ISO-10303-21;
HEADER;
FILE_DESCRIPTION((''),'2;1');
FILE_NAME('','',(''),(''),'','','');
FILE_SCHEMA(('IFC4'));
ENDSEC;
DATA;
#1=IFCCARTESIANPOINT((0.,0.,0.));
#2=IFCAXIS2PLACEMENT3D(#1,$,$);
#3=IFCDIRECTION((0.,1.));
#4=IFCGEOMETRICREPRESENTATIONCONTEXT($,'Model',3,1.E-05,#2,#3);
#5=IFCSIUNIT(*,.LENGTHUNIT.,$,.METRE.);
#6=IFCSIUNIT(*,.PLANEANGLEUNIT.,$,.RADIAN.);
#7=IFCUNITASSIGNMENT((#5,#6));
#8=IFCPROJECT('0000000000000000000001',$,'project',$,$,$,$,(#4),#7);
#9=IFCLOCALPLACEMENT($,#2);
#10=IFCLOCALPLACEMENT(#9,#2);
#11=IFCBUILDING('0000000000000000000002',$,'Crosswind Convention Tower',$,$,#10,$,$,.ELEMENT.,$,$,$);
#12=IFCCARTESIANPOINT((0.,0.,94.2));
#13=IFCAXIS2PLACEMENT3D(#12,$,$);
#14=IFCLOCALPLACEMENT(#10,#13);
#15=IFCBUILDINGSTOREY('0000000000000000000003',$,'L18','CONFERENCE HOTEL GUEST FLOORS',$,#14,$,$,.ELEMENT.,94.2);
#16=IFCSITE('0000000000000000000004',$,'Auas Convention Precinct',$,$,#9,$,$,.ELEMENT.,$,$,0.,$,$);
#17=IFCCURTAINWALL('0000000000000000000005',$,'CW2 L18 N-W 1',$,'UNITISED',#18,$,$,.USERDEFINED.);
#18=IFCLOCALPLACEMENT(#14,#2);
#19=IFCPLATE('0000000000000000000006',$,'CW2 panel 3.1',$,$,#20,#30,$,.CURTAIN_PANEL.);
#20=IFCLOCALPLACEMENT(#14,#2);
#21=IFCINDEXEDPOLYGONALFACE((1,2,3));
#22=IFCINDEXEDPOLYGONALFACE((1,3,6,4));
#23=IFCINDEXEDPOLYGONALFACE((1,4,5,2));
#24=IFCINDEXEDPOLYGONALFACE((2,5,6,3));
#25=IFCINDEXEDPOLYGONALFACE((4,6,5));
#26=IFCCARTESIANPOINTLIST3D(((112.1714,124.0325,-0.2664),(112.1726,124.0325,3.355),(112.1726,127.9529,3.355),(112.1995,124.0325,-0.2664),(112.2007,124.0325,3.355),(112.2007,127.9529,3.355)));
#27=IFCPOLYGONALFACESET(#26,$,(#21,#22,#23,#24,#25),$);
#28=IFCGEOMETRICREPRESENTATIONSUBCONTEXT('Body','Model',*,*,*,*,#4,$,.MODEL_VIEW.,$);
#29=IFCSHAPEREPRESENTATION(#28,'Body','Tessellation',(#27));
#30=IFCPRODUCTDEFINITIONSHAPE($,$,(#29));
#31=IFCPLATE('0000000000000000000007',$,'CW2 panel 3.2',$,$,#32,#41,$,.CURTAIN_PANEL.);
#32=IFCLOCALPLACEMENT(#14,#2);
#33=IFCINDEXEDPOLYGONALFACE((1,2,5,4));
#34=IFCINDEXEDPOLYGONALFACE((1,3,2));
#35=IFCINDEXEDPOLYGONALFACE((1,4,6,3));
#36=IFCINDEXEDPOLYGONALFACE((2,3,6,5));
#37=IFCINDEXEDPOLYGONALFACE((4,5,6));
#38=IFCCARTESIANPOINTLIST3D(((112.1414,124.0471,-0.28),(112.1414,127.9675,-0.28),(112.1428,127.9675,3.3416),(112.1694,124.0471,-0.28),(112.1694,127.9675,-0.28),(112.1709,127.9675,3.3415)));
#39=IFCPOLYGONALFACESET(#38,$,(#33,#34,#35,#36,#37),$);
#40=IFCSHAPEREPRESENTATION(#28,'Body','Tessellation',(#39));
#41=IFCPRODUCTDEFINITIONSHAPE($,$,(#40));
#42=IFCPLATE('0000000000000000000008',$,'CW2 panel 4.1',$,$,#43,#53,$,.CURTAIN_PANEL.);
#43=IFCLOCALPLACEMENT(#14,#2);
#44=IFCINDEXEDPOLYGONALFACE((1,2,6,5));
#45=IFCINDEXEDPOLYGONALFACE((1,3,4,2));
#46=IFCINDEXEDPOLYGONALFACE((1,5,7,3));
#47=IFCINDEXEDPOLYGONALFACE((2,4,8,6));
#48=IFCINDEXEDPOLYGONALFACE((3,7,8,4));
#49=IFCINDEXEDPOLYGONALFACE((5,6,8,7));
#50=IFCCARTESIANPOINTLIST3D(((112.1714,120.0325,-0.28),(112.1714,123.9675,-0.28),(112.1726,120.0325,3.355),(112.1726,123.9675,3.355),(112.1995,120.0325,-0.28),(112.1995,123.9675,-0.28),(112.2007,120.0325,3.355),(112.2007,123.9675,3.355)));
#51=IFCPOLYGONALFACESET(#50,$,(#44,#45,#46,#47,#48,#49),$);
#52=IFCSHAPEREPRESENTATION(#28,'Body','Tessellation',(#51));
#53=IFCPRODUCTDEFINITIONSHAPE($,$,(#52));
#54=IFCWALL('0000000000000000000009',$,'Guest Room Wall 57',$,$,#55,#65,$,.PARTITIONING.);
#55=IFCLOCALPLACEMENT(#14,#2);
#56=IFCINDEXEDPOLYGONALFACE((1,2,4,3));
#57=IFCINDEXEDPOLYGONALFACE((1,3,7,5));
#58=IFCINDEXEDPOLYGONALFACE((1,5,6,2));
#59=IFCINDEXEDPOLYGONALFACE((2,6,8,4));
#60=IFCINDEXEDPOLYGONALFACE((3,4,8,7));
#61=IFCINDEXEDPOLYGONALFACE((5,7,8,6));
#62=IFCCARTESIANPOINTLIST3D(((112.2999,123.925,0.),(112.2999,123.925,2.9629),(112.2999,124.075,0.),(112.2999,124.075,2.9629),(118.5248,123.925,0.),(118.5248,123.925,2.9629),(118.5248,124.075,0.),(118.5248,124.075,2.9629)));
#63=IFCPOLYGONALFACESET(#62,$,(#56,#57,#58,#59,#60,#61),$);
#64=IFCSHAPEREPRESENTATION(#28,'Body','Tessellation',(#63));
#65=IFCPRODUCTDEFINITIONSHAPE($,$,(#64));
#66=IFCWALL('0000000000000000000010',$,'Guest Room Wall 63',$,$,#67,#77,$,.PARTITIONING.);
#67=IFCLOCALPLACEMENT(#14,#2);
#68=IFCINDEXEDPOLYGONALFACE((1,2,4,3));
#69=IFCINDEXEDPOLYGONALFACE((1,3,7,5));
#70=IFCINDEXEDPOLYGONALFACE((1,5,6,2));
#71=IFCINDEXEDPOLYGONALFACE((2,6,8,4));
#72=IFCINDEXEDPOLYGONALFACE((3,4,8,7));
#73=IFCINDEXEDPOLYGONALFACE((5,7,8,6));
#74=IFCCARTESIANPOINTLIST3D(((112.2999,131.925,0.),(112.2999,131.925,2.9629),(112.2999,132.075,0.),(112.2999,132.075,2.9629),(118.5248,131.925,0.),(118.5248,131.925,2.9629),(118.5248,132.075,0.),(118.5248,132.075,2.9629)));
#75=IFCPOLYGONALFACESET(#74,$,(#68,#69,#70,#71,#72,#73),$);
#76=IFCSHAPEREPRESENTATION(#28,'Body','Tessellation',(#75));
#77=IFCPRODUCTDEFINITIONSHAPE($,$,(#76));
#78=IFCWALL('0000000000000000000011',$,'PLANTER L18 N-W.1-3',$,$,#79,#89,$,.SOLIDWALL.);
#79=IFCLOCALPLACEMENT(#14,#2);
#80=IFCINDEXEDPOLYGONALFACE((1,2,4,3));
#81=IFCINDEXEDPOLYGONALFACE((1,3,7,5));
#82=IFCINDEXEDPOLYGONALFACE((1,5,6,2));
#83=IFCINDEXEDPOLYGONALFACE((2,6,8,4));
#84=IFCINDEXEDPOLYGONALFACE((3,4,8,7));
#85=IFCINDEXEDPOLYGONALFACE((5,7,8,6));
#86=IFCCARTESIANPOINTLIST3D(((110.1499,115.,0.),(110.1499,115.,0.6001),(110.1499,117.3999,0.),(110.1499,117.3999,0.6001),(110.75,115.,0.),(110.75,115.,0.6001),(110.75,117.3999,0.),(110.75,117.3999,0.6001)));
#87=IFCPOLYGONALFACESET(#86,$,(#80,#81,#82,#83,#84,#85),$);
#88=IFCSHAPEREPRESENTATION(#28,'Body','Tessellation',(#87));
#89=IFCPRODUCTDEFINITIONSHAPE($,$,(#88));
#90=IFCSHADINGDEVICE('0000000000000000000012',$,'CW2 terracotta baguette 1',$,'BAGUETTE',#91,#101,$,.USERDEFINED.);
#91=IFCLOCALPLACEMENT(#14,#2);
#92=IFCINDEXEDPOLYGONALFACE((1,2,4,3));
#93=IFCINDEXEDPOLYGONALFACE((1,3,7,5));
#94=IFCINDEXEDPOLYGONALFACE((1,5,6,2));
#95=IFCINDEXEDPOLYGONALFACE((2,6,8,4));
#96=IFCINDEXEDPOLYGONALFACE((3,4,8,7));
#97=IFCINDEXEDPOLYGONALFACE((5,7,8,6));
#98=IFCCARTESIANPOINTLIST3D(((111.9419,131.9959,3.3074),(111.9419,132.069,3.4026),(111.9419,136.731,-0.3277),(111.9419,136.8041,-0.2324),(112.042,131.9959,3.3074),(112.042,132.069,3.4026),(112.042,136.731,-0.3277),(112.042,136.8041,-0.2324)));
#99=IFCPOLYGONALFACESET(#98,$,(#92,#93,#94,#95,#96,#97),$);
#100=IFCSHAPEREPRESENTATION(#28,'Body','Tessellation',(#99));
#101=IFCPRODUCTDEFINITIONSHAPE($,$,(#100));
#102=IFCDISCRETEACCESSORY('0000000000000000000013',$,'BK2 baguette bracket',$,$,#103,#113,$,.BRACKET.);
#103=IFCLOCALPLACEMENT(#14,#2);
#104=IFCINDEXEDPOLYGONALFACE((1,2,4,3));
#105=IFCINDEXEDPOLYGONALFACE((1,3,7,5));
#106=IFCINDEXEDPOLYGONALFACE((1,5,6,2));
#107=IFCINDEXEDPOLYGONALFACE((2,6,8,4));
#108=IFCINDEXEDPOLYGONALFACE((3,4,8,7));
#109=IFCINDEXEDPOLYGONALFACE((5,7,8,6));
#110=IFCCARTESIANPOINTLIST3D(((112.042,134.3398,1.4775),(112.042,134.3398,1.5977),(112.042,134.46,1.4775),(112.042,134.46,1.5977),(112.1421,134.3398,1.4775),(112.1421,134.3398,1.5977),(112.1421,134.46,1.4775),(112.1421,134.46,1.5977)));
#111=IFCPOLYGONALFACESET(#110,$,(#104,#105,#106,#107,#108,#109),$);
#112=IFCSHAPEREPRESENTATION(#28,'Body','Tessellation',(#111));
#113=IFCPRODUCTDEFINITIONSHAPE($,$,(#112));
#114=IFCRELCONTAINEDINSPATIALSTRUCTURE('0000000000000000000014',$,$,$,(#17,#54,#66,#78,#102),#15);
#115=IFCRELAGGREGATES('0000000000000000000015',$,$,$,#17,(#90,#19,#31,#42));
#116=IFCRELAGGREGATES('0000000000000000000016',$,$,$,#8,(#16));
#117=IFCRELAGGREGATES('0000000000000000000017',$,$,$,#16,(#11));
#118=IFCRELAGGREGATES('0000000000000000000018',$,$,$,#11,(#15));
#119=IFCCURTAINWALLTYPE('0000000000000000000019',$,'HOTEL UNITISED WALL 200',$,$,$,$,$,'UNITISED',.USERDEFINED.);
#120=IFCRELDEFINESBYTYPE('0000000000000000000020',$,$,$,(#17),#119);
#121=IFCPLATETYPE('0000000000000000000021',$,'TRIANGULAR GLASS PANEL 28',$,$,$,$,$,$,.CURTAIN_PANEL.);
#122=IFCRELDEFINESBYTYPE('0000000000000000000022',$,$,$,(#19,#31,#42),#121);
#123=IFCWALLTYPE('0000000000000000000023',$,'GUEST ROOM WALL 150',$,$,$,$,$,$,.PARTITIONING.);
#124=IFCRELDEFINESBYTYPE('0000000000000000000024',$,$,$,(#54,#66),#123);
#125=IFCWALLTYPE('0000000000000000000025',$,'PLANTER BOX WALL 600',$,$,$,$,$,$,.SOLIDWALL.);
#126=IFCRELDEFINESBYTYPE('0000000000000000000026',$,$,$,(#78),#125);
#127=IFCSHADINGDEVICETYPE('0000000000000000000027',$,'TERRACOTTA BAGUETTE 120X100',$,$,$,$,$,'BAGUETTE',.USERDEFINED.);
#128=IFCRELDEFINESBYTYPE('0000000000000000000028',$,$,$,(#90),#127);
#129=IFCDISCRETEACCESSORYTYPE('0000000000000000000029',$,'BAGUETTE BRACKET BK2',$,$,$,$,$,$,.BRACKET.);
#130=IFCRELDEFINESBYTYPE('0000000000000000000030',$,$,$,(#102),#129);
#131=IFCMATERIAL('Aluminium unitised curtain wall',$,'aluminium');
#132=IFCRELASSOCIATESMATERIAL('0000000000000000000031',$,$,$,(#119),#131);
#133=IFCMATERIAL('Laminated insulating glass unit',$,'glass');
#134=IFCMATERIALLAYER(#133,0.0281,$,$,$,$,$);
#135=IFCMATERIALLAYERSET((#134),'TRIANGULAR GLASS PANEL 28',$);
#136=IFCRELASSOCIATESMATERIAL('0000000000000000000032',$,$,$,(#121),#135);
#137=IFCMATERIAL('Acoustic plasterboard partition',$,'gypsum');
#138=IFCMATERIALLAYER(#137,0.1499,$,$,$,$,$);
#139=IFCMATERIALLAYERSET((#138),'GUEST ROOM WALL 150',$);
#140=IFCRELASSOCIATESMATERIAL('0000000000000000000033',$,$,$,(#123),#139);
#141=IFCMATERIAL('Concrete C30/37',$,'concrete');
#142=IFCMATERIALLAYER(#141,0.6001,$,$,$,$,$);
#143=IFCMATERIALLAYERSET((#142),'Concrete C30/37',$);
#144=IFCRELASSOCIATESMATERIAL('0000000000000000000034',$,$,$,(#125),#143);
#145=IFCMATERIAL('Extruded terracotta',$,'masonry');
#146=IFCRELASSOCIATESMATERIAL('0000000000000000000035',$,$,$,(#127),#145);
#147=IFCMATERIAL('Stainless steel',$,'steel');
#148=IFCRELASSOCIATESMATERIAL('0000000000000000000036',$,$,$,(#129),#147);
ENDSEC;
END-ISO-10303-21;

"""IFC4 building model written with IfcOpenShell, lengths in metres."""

from ifc_helpers import new_model, si_unit, direction, frame, frame_2d, origin, origin_2d, place, context, subcontext, project, spatial, polyline, rectangle, outline, extrude, material, layer, layer_set, material_profile, profile_set, type_object, element, aggregate, save


model = new_model("IFC4")

# Units and contexts
model_context = context("Model", 3, precision=1e-05, world=origin(), true_north=direction((0.0, 1.0)))
body_context = subcontext(model_context, "Body", "Model", "MODEL_VIEW")
ifc_project = project(units=[si_unit("LENGTHUNIT", "METRE"), si_unit("PLANEANGLEUNIT", "RADIAN")], contexts=[model_context])

# Site, building, storey
site_placement = place(None, origin())
site = spatial("IfcSite", under=ifc_project, at=site_placement, Name="Auas Convention Precinct", CompositionType="ELEMENT", RefElevation=0.0)
building_placement = place(site_placement, origin())
building = spatial("IfcBuilding", under=site, at=building_placement, Name="Crosswind Convention Tower", CompositionType="ELEMENT")
storey_placement = place(building_placement, frame((0.0, 0.0, 94.2)))
storey = spatial("IfcBuildingStorey", under=building, at=storey_placement, Name="L18", Description="CONFERENCE HOTEL GUEST FLOORS", CompositionType="ELEMENT", Elevation=94.2)

# Shared definitions
ifc_material_1 = material(Name="Aluminium unitised curtain wall", Category="aluminium")

# Shared definitions
curtain_wall_type_1 = type_object("IfcCurtainWallType", Name="HOTEL UNITISED WALL 200", ElementType="UNITISED", PredefinedType="USERDEFINED", material=ifc_material_1)

# Curtain wall
curtain_wall_1_placement = place(storey_placement, origin())
curtain_wall_1 = element("IfcCurtainWall", 1, at=curtain_wall_1_placement, inside=storey, type_object=curtain_wall_type_1, Name="CW2 L18 N-W 1", ObjectType="UNITISED", PredefinedType="USERDEFINED")

# Plates
ifc_material_2 = material(Name="Laminated insulating glass unit", Category="glass")
ifc_layer_1 = layer(ifc_material_2, 0.0281)
ifc_layer_set_1 = layer_set([ifc_layer_1], Name="TRIANGULAR GLASS PANEL 28")
plate_type_1 = type_object("IfcPlateType", Name="TRIANGULAR GLASS PANEL 28", PredefinedType="CURTAIN_PANEL", material=ifc_layer_set_1)
plate_1_placement = place(storey_placement, frame((112.1726, 124.0325, 3.355), z_axis=(-1.0, 0.0, 0.000337), x_axis=(0.0, 1.0, 0.0)))
plate_1 = element("IfcPlate", 2, at=plate_1_placement, type_object=plate_type_1, Name="CW2 panel 3.1", PredefinedType="CURTAIN_PANEL", context=body_context, shape_type="SweptSolid", body=[
    extrude(outline(polyline([(0.0, 0.0), (3.9204, 0.0), (0.0, 3.6213), (0.0, 0.0)])), origin(), (0.0, 0.0, -1.0), 0.0281),
])
plate_2_placement = place(storey_placement, frame((112.1414, 127.9675, -0.28), z_axis=(-1.0, 0.0, 0.000404), x_axis=(0.0, -1.0, 0.0)))
plate_2 = element("IfcPlate", 3, at=plate_2_placement, type_object=plate_type_1, Name="CW2 panel 3.2", PredefinedType="CURTAIN_PANEL", context=body_context, shape_type="SweptSolid", body=[
    extrude(outline(polyline([(0.0, 0.0), (3.9204, 0.0), (0.0, 3.6216), (0.0, 0.0)])), origin(), (0.0, 0.0, -1.0), 0.0281),
])
plate_3_placement = place(storey_placement, frame((112.1714, 123.9675, -0.28), z_axis=(-1.0, 0.0, 0.000336), x_axis=(0.0, -1.0, 0.0)))
plate_3 = element("IfcPlate", 4, at=plate_3_placement, type_object=plate_type_1, Name="CW2 panel 4.1", PredefinedType="CURTAIN_PANEL", context=body_context, shape_type="SweptSolid", body=[
    extrude(outline(polyline([(0.0, 0.0), (3.9351, 0.0), (3.9351, 3.635), (0.0, 3.635), (0.0, 0.0)])), origin(), (0.0, 0.0, -1.0), 0.0281),
])

# Walls
ifc_material_3 = material(Name="Acoustic plasterboard partition", Category="gypsum")
ifc_layer_2 = layer(ifc_material_3, 0.1499)
ifc_layer_set_2 = layer_set([ifc_layer_2], Name="GUEST ROOM WALL 150")
wall_type_1 = type_object("IfcWallType", Name="GUEST ROOM WALL 150", PredefinedType="PARTITIONING", material=ifc_layer_set_2)
for number, where, z_axis, x_axis, name in (
    (5, (112.3, 124.0, 0.0), (0.0, 0.0, 1.0), (1.0, 0.0, 0.0), "Guest Room Wall 57"),
    (6, (112.3, 132.0, 0.0), (0.0, 0.0, 1.0), (1.0, 0.0, 0.0), "Guest Room Wall 63"),
):
    element("IfcWall", number, at=place(storey_placement, frame(where, z_axis=z_axis, x_axis=x_axis)), inside=storey, type_object=wall_type_1, Name=name, PredefinedType="PARTITIONING", context=body_context, shape_type="SweptSolid", body=[
        extrude(rectangle(XDim=6.2249, YDim=0.1499, at=frame_2d((3.1123, 0.0))), origin(), (0.0, 0.0, 1.0), 2.9629),
    ])
ifc_material_4 = material(Name="Concrete C30/37", Category="concrete")
ifc_layer_3 = layer(ifc_material_4, 0.6001)
ifc_layer_set_3 = layer_set([ifc_layer_3], Name="Concrete C30/37")
wall_type_2 = type_object("IfcWallType", Name="PLANTER BOX WALL 600", PredefinedType="SOLIDWALL", material=ifc_layer_set_3)
wall_1_placement = place(storey_placement, frame((110.45, 117.3999, 0.0), z_axis=(0.0, 0.0, 1.0), x_axis=(0.0, -1.0, 0.0)))
element("IfcWall", 7, at=wall_1_placement, inside=storey, type_object=wall_type_2, Name="PLANTER L18 N-W.1-3", PredefinedType="SOLIDWALL", context=body_context, shape_type="SweptSolid", body=[
    extrude(rectangle(XDim=2.3999, YDim=0.6001, at=frame_2d((1.2, 0.0))), origin(), (0.0, 0.0, 1.0), 0.6001),
])

# Shading device
ifc_material_5 = material(Name="Extruded terracotta", Category="masonry")
ifc_material_profile_1 = material_profile(ifc_material_5, rectangle(XDim=0.1001, YDim=0.1201, at=origin_2d()), Name="TC 100X120")
ifc_profile_set_1 = profile_set([ifc_material_profile_1], Name="Extruded terracotta")
shading_device_type = type_object("IfcShadingDeviceType", Name="TERRACOTTA BAGUETTE 120X100", ElementType="BAGUETTE", PredefinedType="USERDEFINED", material=ifc_profile_set_1)
shading_device_placement = place(storey_placement, frame((111.9919, 136.7676, -0.28), z_axis=(0.0, -0.793221, 0.608934), x_axis=(1.0, 0.0, 0.0)))
shading_device = element("IfcShadingDevice", 8, at=shading_device_placement, type_object=shading_device_type, Name="CW2 terracotta baguette 1", ObjectType="BAGUETTE", PredefinedType="USERDEFINED", context=body_context, shape_type="SweptSolid", body=[
    extrude(rectangle(XDim=0.1001, YDim=0.1201, at=origin_2d()), origin(), (0.0, 0.0, 1.0), 5.9695),
])
aggregate(curtain_wall_1, [shading_device, plate_1, plate_2, plate_3])

# Discrete accessory
ifc_material_6 = material(Name="Stainless steel", Category="steel")
discrete_accessory_type = type_object("IfcDiscreteAccessoryType", Name="BAGUETTE BRACKET BK2", PredefinedType="BRACKET", material=ifc_material_6)
discrete_accessory_placement = place(storey_placement, frame((112.092, 134.3999, 1.4775), z_axis=(0.0, 0.0, 1.0), x_axis=(0.0, -1.0, 0.0)))
element("IfcDiscreteAccessory", 9, at=discrete_accessory_placement, inside=storey, type_object=discrete_accessory_type, Name="BK2 baguette bracket", PredefinedType="BRACKET", context=body_context, shape_type="SweptSolid", body=[
    extrude(rectangle(XDim=0.1201, YDim=0.1001, at=origin_2d()), origin(), (0.0, 0.0, 1.0), 0.1201),
])

save(model, "model.ifc")
